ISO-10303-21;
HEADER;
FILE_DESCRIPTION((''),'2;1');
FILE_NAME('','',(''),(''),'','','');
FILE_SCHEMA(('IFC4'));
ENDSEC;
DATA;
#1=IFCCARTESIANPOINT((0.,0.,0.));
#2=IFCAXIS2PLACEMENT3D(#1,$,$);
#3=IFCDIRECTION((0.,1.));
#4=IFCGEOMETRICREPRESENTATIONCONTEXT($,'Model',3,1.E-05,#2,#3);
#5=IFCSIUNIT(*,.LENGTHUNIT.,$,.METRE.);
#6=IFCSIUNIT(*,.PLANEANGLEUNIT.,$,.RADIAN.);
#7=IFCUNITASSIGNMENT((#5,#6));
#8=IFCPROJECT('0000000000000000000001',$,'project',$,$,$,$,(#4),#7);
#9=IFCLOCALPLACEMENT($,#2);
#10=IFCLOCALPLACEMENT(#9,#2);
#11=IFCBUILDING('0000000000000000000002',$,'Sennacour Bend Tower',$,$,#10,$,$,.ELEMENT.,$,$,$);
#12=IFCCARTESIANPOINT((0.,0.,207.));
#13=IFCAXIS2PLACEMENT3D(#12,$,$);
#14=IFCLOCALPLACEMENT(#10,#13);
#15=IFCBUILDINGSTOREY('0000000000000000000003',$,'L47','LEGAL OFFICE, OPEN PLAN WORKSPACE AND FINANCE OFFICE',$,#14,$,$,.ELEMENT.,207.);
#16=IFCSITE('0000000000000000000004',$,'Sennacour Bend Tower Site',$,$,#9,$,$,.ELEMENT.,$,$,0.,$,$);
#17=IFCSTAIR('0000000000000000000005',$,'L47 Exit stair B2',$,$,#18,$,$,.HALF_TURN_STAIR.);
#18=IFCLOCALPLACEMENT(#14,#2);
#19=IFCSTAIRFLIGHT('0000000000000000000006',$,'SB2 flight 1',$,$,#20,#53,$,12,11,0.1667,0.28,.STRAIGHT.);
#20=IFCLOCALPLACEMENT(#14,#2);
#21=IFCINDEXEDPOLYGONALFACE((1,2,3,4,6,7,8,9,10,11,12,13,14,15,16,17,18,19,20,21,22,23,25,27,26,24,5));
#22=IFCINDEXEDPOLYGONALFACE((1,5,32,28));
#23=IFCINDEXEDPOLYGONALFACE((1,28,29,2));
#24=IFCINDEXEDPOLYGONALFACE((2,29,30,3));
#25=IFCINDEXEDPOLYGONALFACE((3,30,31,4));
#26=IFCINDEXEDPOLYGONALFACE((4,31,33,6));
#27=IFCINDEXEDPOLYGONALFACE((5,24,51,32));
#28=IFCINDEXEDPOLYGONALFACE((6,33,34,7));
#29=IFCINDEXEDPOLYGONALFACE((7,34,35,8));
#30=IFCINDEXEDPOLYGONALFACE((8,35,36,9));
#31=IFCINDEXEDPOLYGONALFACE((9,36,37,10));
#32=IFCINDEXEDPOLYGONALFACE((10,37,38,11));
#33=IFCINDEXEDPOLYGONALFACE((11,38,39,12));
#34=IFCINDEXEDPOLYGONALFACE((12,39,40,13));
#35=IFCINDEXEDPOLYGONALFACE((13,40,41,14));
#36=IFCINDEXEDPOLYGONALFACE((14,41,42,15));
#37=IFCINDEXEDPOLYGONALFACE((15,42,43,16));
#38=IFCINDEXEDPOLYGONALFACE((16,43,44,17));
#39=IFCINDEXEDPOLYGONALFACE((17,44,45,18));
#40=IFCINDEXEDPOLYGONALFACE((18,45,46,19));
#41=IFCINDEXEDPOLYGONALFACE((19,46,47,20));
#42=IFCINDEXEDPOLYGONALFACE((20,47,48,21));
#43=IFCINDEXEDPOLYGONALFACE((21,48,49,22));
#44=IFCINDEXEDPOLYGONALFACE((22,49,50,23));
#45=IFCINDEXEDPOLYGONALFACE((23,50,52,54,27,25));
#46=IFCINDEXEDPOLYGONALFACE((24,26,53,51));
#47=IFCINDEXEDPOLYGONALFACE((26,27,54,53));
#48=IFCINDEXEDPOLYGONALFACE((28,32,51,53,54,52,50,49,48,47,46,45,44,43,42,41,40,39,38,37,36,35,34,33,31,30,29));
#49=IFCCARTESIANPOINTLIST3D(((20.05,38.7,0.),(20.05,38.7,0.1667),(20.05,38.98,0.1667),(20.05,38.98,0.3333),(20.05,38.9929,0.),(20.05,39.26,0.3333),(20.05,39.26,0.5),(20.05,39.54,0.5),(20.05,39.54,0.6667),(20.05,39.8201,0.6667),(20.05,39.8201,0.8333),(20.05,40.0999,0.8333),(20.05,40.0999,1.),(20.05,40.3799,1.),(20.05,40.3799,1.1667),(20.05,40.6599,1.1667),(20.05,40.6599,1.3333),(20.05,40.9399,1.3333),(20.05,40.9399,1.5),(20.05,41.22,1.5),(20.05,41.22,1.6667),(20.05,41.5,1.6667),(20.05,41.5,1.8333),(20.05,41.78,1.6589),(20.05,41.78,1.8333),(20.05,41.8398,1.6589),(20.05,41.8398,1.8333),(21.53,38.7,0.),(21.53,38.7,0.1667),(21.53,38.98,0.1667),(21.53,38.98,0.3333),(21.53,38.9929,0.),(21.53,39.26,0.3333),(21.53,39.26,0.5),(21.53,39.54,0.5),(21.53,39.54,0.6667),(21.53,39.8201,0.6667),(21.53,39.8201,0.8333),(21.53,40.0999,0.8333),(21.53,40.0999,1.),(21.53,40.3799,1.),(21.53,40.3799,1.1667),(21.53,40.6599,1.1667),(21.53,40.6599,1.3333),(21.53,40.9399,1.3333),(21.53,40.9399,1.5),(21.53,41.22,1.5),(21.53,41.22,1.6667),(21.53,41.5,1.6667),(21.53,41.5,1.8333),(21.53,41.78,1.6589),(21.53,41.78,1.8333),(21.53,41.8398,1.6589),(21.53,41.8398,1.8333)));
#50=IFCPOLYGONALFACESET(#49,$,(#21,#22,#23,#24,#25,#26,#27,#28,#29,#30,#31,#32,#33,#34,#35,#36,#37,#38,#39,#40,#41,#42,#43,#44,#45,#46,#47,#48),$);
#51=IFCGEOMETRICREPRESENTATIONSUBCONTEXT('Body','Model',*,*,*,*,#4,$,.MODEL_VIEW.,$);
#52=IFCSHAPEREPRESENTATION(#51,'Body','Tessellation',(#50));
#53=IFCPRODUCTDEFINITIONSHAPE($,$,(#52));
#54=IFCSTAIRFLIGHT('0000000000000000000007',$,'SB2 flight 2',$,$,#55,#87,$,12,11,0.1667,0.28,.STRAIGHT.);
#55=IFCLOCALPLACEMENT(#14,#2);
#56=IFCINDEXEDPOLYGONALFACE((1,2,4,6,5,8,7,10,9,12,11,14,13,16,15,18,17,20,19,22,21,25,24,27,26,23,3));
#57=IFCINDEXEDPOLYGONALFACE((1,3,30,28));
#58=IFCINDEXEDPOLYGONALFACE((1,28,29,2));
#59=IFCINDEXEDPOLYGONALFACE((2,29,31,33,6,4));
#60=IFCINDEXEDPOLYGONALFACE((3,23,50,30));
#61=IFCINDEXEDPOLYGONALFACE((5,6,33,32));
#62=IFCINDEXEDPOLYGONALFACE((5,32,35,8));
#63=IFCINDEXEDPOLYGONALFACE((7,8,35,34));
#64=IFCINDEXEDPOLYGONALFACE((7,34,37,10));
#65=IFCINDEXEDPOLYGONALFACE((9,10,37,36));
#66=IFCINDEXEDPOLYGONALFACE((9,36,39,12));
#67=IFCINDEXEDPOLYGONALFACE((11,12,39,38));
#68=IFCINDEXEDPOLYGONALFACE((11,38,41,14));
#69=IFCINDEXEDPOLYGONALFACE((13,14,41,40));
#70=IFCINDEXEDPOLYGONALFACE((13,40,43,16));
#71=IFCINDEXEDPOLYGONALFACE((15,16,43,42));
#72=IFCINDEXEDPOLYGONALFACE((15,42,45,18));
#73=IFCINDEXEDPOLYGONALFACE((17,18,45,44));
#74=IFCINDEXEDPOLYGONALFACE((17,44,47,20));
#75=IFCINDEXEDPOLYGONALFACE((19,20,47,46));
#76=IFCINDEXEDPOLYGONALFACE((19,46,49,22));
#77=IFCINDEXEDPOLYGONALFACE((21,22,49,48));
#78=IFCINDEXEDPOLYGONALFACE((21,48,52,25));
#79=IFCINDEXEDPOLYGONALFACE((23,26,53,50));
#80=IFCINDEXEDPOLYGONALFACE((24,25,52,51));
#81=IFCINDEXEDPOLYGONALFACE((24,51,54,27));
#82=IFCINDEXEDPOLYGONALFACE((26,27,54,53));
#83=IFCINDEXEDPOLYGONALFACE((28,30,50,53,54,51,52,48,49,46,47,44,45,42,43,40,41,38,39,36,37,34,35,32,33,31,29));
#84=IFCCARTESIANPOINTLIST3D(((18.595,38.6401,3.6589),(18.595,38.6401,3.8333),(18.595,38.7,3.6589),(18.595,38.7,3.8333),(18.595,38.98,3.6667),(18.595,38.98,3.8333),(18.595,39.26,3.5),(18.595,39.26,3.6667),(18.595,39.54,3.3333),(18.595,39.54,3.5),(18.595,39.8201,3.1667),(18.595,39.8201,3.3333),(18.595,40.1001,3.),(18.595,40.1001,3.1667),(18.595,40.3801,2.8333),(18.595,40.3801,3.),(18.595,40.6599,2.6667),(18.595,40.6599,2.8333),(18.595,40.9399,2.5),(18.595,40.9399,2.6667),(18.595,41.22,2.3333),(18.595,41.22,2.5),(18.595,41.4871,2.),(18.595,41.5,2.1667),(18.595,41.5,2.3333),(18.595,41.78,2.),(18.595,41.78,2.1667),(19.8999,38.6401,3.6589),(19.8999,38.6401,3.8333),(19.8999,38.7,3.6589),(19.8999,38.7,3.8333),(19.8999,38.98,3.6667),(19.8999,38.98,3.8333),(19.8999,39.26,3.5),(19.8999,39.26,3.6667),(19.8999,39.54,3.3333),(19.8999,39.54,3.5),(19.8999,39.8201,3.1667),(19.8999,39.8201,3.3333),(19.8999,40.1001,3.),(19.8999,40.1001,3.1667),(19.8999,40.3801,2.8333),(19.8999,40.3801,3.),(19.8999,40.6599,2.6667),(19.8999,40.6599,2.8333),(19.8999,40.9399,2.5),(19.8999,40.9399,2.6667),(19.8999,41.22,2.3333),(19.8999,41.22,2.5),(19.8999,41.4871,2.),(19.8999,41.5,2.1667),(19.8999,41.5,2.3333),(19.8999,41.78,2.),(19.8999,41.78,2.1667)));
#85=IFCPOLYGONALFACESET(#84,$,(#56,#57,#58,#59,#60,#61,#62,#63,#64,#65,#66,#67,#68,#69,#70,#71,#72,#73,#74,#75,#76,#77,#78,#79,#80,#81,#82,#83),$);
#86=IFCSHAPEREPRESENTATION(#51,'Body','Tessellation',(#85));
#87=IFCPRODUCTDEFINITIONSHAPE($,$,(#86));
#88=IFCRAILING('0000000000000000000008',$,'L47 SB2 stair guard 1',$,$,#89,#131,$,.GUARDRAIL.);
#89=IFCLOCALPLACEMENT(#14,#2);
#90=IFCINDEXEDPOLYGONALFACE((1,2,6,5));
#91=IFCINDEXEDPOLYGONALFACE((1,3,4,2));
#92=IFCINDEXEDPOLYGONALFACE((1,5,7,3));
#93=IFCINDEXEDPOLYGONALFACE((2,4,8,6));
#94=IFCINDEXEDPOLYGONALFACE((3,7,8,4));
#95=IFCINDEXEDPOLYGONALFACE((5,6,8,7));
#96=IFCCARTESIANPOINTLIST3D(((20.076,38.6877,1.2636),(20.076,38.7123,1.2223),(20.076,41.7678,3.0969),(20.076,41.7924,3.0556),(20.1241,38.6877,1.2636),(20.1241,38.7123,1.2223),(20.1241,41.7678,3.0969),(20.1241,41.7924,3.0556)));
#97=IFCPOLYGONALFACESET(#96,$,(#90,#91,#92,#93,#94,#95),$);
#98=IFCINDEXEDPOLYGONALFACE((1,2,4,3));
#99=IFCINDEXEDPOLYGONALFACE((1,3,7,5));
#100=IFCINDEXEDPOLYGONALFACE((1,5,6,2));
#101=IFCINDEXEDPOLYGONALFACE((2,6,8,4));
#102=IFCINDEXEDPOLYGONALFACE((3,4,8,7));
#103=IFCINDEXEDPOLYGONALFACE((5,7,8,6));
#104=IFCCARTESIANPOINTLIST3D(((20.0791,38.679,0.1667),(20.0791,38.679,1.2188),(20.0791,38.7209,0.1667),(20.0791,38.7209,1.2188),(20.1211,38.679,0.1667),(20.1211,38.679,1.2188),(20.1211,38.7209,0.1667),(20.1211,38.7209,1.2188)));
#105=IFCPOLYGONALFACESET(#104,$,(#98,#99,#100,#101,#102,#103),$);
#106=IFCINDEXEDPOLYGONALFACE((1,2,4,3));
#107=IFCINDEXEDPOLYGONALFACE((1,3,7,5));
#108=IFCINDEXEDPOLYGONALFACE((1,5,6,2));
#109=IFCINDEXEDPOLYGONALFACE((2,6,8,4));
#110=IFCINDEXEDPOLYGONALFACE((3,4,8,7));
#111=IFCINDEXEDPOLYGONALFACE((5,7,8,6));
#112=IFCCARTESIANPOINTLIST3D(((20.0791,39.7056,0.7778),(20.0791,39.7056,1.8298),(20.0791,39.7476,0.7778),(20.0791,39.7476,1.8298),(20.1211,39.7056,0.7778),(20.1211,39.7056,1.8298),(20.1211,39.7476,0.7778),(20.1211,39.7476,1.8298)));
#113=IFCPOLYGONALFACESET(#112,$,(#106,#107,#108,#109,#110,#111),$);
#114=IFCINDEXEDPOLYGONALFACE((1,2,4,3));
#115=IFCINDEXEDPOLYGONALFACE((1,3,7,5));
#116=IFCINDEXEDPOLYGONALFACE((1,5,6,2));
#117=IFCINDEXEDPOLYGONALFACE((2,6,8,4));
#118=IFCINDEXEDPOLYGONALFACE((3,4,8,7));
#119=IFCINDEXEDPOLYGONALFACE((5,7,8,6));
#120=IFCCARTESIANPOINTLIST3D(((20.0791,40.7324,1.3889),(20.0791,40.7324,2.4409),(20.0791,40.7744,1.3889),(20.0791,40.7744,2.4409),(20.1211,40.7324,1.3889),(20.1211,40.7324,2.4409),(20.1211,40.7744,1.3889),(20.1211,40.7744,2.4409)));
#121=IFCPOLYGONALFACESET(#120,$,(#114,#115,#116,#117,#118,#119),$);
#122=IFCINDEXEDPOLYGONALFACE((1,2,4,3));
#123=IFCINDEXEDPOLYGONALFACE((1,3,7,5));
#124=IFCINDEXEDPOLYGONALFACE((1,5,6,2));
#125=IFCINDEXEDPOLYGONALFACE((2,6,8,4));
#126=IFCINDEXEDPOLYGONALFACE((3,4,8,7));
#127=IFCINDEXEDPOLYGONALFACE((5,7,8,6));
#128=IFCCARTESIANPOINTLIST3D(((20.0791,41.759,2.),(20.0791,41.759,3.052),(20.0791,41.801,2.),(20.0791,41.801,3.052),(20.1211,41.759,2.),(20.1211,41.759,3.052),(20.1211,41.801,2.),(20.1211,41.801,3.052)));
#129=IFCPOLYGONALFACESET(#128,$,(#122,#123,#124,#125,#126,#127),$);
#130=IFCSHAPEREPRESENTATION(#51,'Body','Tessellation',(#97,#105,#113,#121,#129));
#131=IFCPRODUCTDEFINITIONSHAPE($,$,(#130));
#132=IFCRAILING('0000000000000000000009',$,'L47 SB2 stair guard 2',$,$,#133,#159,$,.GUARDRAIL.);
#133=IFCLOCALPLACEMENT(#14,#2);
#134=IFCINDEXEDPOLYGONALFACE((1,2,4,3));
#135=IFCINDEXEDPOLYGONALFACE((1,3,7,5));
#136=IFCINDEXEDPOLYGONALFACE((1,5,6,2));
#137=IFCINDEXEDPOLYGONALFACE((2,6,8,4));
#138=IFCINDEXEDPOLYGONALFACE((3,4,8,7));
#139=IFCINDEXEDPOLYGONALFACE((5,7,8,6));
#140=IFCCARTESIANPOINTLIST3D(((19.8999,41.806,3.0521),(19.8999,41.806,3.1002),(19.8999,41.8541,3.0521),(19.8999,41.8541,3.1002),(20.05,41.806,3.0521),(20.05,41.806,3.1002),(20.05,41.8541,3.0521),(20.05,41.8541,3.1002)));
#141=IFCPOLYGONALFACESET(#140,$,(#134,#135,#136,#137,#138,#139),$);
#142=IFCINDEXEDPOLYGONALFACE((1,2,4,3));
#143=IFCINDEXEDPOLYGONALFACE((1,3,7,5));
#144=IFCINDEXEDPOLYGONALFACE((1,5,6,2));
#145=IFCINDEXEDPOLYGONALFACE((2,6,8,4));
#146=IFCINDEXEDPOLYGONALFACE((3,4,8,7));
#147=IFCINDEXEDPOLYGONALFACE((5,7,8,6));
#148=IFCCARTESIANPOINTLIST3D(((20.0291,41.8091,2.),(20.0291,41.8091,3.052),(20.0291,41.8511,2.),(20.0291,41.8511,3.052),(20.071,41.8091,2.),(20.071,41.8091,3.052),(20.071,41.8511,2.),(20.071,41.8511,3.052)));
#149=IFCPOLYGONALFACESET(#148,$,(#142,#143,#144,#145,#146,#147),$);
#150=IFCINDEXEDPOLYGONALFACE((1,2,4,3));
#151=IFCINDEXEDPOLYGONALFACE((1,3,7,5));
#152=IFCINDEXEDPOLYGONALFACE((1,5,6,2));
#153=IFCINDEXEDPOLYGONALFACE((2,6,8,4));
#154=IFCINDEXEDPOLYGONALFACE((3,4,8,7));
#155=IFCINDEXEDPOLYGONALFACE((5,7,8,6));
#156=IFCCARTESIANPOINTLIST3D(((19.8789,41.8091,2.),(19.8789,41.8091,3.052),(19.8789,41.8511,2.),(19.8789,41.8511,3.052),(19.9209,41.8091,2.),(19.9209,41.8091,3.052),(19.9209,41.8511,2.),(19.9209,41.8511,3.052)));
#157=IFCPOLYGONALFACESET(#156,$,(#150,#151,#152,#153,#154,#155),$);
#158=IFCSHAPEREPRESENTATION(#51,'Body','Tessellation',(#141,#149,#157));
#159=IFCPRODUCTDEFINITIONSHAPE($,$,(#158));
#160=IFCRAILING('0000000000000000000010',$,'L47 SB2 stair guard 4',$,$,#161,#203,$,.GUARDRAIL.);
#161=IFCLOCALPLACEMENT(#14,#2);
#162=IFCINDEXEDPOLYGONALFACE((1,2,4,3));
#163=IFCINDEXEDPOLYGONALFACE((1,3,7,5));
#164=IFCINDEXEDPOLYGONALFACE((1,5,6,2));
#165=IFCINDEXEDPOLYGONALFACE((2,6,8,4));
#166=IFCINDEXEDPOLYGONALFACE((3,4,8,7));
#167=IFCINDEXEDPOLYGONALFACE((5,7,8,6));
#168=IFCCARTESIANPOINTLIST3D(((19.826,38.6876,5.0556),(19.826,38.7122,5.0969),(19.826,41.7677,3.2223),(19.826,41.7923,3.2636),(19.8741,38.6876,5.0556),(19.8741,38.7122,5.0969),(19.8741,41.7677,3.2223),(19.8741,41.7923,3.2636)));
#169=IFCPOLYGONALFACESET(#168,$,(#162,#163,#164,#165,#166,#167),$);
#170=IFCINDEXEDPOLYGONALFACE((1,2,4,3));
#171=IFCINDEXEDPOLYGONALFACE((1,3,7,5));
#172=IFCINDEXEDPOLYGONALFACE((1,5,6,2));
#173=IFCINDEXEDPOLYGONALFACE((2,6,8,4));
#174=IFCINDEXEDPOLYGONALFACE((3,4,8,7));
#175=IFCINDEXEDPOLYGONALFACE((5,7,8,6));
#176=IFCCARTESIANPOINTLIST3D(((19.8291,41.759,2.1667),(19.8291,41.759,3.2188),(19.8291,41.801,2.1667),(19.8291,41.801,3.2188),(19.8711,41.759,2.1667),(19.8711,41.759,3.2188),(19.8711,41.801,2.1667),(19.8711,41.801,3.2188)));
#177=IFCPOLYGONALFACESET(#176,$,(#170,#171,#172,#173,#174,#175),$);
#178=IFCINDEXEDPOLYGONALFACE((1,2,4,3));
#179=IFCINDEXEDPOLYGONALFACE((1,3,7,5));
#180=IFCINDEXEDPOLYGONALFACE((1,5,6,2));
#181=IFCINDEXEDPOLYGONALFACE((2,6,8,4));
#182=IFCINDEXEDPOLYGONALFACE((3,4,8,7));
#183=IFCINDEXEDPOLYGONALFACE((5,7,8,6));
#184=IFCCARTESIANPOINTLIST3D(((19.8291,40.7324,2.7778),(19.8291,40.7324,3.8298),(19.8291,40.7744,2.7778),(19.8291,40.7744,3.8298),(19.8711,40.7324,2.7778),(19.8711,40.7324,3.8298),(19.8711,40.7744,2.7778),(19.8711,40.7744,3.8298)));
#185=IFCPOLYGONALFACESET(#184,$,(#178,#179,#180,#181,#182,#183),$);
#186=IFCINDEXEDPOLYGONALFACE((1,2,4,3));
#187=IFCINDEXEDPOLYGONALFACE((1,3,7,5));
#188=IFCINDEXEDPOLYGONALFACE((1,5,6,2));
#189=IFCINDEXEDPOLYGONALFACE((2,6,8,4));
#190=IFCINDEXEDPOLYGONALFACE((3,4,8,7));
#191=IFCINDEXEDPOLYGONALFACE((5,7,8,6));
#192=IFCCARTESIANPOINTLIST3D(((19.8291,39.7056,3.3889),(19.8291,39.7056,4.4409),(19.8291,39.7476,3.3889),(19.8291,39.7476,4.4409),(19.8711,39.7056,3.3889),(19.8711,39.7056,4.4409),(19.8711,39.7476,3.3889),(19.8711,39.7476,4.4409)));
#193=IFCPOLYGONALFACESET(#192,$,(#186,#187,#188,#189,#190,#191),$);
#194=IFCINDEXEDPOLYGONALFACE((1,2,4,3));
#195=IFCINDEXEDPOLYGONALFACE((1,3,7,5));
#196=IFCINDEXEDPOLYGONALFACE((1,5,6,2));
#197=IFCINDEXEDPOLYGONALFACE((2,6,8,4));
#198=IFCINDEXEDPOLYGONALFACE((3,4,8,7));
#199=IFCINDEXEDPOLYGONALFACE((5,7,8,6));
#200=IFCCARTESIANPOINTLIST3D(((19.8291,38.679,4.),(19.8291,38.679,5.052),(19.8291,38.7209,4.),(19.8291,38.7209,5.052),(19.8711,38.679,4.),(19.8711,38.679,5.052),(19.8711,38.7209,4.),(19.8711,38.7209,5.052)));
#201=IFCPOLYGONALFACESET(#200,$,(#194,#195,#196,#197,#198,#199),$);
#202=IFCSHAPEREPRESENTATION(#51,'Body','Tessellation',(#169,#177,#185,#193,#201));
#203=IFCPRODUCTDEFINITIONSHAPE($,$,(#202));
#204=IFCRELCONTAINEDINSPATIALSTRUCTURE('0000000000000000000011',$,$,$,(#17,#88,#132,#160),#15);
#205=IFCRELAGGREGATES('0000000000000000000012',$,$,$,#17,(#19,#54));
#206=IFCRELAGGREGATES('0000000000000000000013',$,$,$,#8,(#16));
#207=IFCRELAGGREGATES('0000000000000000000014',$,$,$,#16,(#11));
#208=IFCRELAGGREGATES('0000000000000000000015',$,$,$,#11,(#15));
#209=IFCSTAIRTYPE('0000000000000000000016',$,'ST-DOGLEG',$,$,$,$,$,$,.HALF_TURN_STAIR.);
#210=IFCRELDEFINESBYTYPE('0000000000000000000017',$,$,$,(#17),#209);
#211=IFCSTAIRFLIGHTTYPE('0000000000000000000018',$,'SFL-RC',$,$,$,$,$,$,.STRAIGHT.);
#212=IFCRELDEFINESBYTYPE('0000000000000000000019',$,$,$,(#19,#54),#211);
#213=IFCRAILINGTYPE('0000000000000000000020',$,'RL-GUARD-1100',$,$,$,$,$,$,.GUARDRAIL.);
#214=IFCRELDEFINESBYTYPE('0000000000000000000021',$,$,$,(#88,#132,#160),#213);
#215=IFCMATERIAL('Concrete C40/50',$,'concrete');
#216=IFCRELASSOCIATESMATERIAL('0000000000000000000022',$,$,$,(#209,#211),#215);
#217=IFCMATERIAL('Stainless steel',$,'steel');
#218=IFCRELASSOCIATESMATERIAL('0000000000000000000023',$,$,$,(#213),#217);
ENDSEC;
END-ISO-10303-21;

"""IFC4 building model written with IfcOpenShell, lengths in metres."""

from ifc_helpers import new_model, si_unit, direction, frame, origin, origin_2d, place, context, subcontext, project, spatial, polyline, rectangle, outline, extrude, material, type_object, element, aggregate, save


model = new_model("IFC4")

# Units and contexts
model_context = context("Model", 3, precision=1e-05, world=origin(), true_north=direction((0.0, 1.0)))
body_context = subcontext(model_context, "Body", "Model", "MODEL_VIEW")
ifc_project = project(units=[si_unit("LENGTHUNIT", "METRE"), si_unit("PLANEANGLEUNIT", "RADIAN")], contexts=[model_context])

# Site, building, storey
site_placement = place(None, origin())
site = spatial("IfcSite", under=ifc_project, at=site_placement, Name="Sennacour Bend Tower Site", CompositionType="ELEMENT", RefElevation=0.0)
building_placement = place(site_placement, origin())
building = spatial("IfcBuilding", under=site, at=building_placement, Name="Sennacour Bend Tower", CompositionType="ELEMENT")
storey_placement = place(building_placement, frame((0.0, 0.0, 207.0)))
storey = spatial("IfcBuildingStorey", under=building, at=storey_placement, Name="L47", Description="LEGAL OFFICE, OPEN PLAN WORKSPACE AND FINANCE OFFICE", CompositionType="ELEMENT", Elevation=207.0)

# Shared definitions
ifc_material_1 = material(Name="Stainless steel", Category="steel")

# Stair, stair flights
ifc_material_2 = material(Name="Concrete C40/50", Category="concrete")
stair_type = type_object("IfcStairType", Name="ST-DOGLEG", PredefinedType="HALF_TURN_STAIR", material=ifc_material_2)
stair_placement = place(storey_placement, origin())
stair = element("IfcStair", 1, at=stair_placement, inside=storey, type_object=stair_type, Name="L47 Exit stair B2", PredefinedType="HALF_TURN_STAIR")
stair_flight_type = type_object("IfcStairFlightType", Name="SFL-RC", PredefinedType="STRAIGHT", material=ifc_material_2)
stair_flight_1_placement = place(storey_placement, frame((20.79, 38.7, 0.0), z_axis=(0.0, 0.0, 1.0), x_axis=(0.0, 1.0, 0.0)))
stair_flight_1 = element("IfcStairFlight", 2, at=stair_flight_1_placement, type_object=stair_flight_type, Name="SB2 flight 1", NumberOfRisers=12, NumberOfTreads=11, PredefinedType="STRAIGHT", RiserHeight=0.1667, TreadLength=0.28, context=body_context, shape_type="SweptSolid", body=[
    extrude(outline(polyline([(0.0, 0.0), (0.0, 0.1667), (0.28, 0.1667), (0.28, 0.3333), (0.5601, 0.3333), (0.5601, 0.5), (0.8401, 0.5), (0.8401, 0.6667), (1.1201, 0.6667), (1.1201, 0.8333), (1.3999, 0.8333), (1.3999, 1.0), (1.6799, 1.0), (1.6799, 1.1667), (1.96, 1.1667), (1.96, 1.3333), (2.24, 1.3333), (2.24, 1.5), (2.52, 1.5), (2.52, 1.6667), (2.8, 1.6667), (2.8, 1.8333), (3.0801, 1.8333), (3.1399, 1.8333), (3.1399, 1.6589), (3.0801, 1.6589), (0.293, 0.0), (0.0, 0.0)])), frame((0.0, 0.74, 0.0), z_axis=(0.0, -1.0, 0.0), x_axis=(1.0, 0.0, 0.0)), (0.0, 0.0, 1.0), 1.48),
])
stair_flight_2_placement = place(storey_placement, frame((19.2476, 41.78, 2.0), z_axis=(0.0, 0.0, 1.0), x_axis=(0.0, -1.0, 0.0)))
stair_flight_2 = element("IfcStairFlight", 3, at=stair_flight_2_placement, type_object=stair_flight_type, Name="SB2 flight 2", NumberOfRisers=12, NumberOfTreads=11, PredefinedType="STRAIGHT", RiserHeight=0.1667, TreadLength=0.28, context=body_context, shape_type="SweptSolid", body=[
    extrude(outline(polyline([(0.0, 0.0), (0.0, 0.1667), (0.28, 0.1667), (0.28, 0.3333), (0.5601, 0.3333), (0.5601, 0.5), (0.8401, 0.5), (0.8401, 0.6667), (1.1201, 0.6667), (1.1201, 0.8333), (1.3999, 0.8333), (1.3999, 1.0), (1.6799, 1.0), (1.6799, 1.1667), (1.96, 1.1667), (1.96, 1.3333), (2.24, 1.3333), (2.24, 1.5), (2.52, 1.5), (2.52, 1.6667), (2.8, 1.6667), (2.8, 1.8333), (3.0801, 1.8333), (3.1399, 1.8333), (3.1399, 1.6589), (3.0801, 1.6589), (0.293, 0.0), (0.0, 0.0)])), frame((0.0, 0.6523, 0.0), z_axis=(0.0, -1.0, 0.0), x_axis=(1.0, 0.0, 0.0)), (0.0, 0.0, 1.0), 1.3049),
])
aggregate(stair, [stair_flight_1, stair_flight_2])

# Railings
railing_type_1 = type_object("IfcRailingType", Name="RL-GUARD-1100", PredefinedType="GUARDRAIL", material=ifc_material_1)
railing_1_placement = place(storey_placement, frame((20.1001, 38.7, 0.1667)))
element("IfcRailing", 4, at=railing_1_placement, inside=storey, type_object=railing_type_1, Name="L47 SB2 stair guard 1", PredefinedType="GUARDRAIL", context=body_context, shape_type="SweptSolid", body=[
    extrude(rectangle(XDim=0.0481, YDim=0.0481, at=origin_2d()), frame((0.0, 0.0, 1.0762), z_axis=(0.0, 0.859309, 0.511458), x_axis=(-1.0, 0.0, 0.0)), (0.0, 0.0, 1.0), 3.5845),
    extrude(rectangle(XDim=0.042, YDim=0.042, at=origin_2d()), origin(), (0.0, 0.0, 1.0), 1.052),
    extrude(rectangle(XDim=0.042, YDim=0.042, at=origin_2d()), frame((0.0, 1.0266, 0.6111)), (0.0, 0.0, 1.0), 1.052),
    extrude(rectangle(XDim=0.042, YDim=0.042, at=origin_2d()), frame((0.0, 2.0535, 1.2222)), (0.0, 0.0, 1.0), 1.052),
    extrude(rectangle(XDim=0.042, YDim=0.042, at=origin_2d()), frame((0.0, 3.0801, 1.8333)), (0.0, 0.0, 1.0), 1.052),
])
railing_2_placement = place(storey_placement, frame((20.05, 41.8301, 2.0)))
element("IfcRailing", 5, at=railing_2_placement, inside=storey, type_object=railing_type_1, Name="L47 SB2 stair guard 2", PredefinedType="GUARDRAIL", context=body_context, shape_type="SweptSolid", body=[
    extrude(rectangle(XDim=0.0481, YDim=0.0481, at=origin_2d()), frame((0.0, 0.0, 1.0762), z_axis=(-1.0, 0.0, 0.0), x_axis=(0.0, -1.0, 0.0)), (0.0, 0.0, 1.0), 0.1501),
    extrude(rectangle(XDim=0.042, YDim=0.042, at=origin_2d()), origin(), (0.0, 0.0, 1.0), 1.052),
    extrude(rectangle(XDim=0.042, YDim=0.042, at=origin_2d()), frame((-0.1501, 0.0, 0.0)), (0.0, 0.0, 1.0), 1.052),
])
railing_3_placement = place(storey_placement, frame((19.8501, 41.78, 2.1667)))
element("IfcRailing", 6, at=railing_3_placement, inside=storey, type_object=railing_type_1, Name="L47 SB2 stair guard 4", PredefinedType="GUARDRAIL", context=body_context, shape_type="SweptSolid", body=[
    extrude(rectangle(XDim=0.0481, YDim=0.0481, at=origin_2d()), frame((0.0, 0.0, 1.0762), z_axis=(0.0, -0.859309, 0.511458), x_axis=(1.0, 0.0, 0.0)), (0.0, 0.0, 1.0), 3.5845),
    extrude(rectangle(XDim=0.042, YDim=0.042, at=origin_2d()), origin(), (0.0, 0.0, 1.0), 1.052),
    extrude(rectangle(XDim=0.042, YDim=0.042, at=origin_2d()), frame((0.0, -1.0266, 0.6111)), (0.0, 0.0, 1.0), 1.052),
    extrude(rectangle(XDim=0.042, YDim=0.042, at=origin_2d()), frame((0.0, -2.0535, 1.2222)), (0.0, 0.0, 1.0), 1.052),
    extrude(rectangle(XDim=0.042, YDim=0.042, at=origin_2d()), frame((0.0, -3.0801, 1.8333)), (0.0, 0.0, 1.0), 1.052),
])

save(model, "model.ifc")
